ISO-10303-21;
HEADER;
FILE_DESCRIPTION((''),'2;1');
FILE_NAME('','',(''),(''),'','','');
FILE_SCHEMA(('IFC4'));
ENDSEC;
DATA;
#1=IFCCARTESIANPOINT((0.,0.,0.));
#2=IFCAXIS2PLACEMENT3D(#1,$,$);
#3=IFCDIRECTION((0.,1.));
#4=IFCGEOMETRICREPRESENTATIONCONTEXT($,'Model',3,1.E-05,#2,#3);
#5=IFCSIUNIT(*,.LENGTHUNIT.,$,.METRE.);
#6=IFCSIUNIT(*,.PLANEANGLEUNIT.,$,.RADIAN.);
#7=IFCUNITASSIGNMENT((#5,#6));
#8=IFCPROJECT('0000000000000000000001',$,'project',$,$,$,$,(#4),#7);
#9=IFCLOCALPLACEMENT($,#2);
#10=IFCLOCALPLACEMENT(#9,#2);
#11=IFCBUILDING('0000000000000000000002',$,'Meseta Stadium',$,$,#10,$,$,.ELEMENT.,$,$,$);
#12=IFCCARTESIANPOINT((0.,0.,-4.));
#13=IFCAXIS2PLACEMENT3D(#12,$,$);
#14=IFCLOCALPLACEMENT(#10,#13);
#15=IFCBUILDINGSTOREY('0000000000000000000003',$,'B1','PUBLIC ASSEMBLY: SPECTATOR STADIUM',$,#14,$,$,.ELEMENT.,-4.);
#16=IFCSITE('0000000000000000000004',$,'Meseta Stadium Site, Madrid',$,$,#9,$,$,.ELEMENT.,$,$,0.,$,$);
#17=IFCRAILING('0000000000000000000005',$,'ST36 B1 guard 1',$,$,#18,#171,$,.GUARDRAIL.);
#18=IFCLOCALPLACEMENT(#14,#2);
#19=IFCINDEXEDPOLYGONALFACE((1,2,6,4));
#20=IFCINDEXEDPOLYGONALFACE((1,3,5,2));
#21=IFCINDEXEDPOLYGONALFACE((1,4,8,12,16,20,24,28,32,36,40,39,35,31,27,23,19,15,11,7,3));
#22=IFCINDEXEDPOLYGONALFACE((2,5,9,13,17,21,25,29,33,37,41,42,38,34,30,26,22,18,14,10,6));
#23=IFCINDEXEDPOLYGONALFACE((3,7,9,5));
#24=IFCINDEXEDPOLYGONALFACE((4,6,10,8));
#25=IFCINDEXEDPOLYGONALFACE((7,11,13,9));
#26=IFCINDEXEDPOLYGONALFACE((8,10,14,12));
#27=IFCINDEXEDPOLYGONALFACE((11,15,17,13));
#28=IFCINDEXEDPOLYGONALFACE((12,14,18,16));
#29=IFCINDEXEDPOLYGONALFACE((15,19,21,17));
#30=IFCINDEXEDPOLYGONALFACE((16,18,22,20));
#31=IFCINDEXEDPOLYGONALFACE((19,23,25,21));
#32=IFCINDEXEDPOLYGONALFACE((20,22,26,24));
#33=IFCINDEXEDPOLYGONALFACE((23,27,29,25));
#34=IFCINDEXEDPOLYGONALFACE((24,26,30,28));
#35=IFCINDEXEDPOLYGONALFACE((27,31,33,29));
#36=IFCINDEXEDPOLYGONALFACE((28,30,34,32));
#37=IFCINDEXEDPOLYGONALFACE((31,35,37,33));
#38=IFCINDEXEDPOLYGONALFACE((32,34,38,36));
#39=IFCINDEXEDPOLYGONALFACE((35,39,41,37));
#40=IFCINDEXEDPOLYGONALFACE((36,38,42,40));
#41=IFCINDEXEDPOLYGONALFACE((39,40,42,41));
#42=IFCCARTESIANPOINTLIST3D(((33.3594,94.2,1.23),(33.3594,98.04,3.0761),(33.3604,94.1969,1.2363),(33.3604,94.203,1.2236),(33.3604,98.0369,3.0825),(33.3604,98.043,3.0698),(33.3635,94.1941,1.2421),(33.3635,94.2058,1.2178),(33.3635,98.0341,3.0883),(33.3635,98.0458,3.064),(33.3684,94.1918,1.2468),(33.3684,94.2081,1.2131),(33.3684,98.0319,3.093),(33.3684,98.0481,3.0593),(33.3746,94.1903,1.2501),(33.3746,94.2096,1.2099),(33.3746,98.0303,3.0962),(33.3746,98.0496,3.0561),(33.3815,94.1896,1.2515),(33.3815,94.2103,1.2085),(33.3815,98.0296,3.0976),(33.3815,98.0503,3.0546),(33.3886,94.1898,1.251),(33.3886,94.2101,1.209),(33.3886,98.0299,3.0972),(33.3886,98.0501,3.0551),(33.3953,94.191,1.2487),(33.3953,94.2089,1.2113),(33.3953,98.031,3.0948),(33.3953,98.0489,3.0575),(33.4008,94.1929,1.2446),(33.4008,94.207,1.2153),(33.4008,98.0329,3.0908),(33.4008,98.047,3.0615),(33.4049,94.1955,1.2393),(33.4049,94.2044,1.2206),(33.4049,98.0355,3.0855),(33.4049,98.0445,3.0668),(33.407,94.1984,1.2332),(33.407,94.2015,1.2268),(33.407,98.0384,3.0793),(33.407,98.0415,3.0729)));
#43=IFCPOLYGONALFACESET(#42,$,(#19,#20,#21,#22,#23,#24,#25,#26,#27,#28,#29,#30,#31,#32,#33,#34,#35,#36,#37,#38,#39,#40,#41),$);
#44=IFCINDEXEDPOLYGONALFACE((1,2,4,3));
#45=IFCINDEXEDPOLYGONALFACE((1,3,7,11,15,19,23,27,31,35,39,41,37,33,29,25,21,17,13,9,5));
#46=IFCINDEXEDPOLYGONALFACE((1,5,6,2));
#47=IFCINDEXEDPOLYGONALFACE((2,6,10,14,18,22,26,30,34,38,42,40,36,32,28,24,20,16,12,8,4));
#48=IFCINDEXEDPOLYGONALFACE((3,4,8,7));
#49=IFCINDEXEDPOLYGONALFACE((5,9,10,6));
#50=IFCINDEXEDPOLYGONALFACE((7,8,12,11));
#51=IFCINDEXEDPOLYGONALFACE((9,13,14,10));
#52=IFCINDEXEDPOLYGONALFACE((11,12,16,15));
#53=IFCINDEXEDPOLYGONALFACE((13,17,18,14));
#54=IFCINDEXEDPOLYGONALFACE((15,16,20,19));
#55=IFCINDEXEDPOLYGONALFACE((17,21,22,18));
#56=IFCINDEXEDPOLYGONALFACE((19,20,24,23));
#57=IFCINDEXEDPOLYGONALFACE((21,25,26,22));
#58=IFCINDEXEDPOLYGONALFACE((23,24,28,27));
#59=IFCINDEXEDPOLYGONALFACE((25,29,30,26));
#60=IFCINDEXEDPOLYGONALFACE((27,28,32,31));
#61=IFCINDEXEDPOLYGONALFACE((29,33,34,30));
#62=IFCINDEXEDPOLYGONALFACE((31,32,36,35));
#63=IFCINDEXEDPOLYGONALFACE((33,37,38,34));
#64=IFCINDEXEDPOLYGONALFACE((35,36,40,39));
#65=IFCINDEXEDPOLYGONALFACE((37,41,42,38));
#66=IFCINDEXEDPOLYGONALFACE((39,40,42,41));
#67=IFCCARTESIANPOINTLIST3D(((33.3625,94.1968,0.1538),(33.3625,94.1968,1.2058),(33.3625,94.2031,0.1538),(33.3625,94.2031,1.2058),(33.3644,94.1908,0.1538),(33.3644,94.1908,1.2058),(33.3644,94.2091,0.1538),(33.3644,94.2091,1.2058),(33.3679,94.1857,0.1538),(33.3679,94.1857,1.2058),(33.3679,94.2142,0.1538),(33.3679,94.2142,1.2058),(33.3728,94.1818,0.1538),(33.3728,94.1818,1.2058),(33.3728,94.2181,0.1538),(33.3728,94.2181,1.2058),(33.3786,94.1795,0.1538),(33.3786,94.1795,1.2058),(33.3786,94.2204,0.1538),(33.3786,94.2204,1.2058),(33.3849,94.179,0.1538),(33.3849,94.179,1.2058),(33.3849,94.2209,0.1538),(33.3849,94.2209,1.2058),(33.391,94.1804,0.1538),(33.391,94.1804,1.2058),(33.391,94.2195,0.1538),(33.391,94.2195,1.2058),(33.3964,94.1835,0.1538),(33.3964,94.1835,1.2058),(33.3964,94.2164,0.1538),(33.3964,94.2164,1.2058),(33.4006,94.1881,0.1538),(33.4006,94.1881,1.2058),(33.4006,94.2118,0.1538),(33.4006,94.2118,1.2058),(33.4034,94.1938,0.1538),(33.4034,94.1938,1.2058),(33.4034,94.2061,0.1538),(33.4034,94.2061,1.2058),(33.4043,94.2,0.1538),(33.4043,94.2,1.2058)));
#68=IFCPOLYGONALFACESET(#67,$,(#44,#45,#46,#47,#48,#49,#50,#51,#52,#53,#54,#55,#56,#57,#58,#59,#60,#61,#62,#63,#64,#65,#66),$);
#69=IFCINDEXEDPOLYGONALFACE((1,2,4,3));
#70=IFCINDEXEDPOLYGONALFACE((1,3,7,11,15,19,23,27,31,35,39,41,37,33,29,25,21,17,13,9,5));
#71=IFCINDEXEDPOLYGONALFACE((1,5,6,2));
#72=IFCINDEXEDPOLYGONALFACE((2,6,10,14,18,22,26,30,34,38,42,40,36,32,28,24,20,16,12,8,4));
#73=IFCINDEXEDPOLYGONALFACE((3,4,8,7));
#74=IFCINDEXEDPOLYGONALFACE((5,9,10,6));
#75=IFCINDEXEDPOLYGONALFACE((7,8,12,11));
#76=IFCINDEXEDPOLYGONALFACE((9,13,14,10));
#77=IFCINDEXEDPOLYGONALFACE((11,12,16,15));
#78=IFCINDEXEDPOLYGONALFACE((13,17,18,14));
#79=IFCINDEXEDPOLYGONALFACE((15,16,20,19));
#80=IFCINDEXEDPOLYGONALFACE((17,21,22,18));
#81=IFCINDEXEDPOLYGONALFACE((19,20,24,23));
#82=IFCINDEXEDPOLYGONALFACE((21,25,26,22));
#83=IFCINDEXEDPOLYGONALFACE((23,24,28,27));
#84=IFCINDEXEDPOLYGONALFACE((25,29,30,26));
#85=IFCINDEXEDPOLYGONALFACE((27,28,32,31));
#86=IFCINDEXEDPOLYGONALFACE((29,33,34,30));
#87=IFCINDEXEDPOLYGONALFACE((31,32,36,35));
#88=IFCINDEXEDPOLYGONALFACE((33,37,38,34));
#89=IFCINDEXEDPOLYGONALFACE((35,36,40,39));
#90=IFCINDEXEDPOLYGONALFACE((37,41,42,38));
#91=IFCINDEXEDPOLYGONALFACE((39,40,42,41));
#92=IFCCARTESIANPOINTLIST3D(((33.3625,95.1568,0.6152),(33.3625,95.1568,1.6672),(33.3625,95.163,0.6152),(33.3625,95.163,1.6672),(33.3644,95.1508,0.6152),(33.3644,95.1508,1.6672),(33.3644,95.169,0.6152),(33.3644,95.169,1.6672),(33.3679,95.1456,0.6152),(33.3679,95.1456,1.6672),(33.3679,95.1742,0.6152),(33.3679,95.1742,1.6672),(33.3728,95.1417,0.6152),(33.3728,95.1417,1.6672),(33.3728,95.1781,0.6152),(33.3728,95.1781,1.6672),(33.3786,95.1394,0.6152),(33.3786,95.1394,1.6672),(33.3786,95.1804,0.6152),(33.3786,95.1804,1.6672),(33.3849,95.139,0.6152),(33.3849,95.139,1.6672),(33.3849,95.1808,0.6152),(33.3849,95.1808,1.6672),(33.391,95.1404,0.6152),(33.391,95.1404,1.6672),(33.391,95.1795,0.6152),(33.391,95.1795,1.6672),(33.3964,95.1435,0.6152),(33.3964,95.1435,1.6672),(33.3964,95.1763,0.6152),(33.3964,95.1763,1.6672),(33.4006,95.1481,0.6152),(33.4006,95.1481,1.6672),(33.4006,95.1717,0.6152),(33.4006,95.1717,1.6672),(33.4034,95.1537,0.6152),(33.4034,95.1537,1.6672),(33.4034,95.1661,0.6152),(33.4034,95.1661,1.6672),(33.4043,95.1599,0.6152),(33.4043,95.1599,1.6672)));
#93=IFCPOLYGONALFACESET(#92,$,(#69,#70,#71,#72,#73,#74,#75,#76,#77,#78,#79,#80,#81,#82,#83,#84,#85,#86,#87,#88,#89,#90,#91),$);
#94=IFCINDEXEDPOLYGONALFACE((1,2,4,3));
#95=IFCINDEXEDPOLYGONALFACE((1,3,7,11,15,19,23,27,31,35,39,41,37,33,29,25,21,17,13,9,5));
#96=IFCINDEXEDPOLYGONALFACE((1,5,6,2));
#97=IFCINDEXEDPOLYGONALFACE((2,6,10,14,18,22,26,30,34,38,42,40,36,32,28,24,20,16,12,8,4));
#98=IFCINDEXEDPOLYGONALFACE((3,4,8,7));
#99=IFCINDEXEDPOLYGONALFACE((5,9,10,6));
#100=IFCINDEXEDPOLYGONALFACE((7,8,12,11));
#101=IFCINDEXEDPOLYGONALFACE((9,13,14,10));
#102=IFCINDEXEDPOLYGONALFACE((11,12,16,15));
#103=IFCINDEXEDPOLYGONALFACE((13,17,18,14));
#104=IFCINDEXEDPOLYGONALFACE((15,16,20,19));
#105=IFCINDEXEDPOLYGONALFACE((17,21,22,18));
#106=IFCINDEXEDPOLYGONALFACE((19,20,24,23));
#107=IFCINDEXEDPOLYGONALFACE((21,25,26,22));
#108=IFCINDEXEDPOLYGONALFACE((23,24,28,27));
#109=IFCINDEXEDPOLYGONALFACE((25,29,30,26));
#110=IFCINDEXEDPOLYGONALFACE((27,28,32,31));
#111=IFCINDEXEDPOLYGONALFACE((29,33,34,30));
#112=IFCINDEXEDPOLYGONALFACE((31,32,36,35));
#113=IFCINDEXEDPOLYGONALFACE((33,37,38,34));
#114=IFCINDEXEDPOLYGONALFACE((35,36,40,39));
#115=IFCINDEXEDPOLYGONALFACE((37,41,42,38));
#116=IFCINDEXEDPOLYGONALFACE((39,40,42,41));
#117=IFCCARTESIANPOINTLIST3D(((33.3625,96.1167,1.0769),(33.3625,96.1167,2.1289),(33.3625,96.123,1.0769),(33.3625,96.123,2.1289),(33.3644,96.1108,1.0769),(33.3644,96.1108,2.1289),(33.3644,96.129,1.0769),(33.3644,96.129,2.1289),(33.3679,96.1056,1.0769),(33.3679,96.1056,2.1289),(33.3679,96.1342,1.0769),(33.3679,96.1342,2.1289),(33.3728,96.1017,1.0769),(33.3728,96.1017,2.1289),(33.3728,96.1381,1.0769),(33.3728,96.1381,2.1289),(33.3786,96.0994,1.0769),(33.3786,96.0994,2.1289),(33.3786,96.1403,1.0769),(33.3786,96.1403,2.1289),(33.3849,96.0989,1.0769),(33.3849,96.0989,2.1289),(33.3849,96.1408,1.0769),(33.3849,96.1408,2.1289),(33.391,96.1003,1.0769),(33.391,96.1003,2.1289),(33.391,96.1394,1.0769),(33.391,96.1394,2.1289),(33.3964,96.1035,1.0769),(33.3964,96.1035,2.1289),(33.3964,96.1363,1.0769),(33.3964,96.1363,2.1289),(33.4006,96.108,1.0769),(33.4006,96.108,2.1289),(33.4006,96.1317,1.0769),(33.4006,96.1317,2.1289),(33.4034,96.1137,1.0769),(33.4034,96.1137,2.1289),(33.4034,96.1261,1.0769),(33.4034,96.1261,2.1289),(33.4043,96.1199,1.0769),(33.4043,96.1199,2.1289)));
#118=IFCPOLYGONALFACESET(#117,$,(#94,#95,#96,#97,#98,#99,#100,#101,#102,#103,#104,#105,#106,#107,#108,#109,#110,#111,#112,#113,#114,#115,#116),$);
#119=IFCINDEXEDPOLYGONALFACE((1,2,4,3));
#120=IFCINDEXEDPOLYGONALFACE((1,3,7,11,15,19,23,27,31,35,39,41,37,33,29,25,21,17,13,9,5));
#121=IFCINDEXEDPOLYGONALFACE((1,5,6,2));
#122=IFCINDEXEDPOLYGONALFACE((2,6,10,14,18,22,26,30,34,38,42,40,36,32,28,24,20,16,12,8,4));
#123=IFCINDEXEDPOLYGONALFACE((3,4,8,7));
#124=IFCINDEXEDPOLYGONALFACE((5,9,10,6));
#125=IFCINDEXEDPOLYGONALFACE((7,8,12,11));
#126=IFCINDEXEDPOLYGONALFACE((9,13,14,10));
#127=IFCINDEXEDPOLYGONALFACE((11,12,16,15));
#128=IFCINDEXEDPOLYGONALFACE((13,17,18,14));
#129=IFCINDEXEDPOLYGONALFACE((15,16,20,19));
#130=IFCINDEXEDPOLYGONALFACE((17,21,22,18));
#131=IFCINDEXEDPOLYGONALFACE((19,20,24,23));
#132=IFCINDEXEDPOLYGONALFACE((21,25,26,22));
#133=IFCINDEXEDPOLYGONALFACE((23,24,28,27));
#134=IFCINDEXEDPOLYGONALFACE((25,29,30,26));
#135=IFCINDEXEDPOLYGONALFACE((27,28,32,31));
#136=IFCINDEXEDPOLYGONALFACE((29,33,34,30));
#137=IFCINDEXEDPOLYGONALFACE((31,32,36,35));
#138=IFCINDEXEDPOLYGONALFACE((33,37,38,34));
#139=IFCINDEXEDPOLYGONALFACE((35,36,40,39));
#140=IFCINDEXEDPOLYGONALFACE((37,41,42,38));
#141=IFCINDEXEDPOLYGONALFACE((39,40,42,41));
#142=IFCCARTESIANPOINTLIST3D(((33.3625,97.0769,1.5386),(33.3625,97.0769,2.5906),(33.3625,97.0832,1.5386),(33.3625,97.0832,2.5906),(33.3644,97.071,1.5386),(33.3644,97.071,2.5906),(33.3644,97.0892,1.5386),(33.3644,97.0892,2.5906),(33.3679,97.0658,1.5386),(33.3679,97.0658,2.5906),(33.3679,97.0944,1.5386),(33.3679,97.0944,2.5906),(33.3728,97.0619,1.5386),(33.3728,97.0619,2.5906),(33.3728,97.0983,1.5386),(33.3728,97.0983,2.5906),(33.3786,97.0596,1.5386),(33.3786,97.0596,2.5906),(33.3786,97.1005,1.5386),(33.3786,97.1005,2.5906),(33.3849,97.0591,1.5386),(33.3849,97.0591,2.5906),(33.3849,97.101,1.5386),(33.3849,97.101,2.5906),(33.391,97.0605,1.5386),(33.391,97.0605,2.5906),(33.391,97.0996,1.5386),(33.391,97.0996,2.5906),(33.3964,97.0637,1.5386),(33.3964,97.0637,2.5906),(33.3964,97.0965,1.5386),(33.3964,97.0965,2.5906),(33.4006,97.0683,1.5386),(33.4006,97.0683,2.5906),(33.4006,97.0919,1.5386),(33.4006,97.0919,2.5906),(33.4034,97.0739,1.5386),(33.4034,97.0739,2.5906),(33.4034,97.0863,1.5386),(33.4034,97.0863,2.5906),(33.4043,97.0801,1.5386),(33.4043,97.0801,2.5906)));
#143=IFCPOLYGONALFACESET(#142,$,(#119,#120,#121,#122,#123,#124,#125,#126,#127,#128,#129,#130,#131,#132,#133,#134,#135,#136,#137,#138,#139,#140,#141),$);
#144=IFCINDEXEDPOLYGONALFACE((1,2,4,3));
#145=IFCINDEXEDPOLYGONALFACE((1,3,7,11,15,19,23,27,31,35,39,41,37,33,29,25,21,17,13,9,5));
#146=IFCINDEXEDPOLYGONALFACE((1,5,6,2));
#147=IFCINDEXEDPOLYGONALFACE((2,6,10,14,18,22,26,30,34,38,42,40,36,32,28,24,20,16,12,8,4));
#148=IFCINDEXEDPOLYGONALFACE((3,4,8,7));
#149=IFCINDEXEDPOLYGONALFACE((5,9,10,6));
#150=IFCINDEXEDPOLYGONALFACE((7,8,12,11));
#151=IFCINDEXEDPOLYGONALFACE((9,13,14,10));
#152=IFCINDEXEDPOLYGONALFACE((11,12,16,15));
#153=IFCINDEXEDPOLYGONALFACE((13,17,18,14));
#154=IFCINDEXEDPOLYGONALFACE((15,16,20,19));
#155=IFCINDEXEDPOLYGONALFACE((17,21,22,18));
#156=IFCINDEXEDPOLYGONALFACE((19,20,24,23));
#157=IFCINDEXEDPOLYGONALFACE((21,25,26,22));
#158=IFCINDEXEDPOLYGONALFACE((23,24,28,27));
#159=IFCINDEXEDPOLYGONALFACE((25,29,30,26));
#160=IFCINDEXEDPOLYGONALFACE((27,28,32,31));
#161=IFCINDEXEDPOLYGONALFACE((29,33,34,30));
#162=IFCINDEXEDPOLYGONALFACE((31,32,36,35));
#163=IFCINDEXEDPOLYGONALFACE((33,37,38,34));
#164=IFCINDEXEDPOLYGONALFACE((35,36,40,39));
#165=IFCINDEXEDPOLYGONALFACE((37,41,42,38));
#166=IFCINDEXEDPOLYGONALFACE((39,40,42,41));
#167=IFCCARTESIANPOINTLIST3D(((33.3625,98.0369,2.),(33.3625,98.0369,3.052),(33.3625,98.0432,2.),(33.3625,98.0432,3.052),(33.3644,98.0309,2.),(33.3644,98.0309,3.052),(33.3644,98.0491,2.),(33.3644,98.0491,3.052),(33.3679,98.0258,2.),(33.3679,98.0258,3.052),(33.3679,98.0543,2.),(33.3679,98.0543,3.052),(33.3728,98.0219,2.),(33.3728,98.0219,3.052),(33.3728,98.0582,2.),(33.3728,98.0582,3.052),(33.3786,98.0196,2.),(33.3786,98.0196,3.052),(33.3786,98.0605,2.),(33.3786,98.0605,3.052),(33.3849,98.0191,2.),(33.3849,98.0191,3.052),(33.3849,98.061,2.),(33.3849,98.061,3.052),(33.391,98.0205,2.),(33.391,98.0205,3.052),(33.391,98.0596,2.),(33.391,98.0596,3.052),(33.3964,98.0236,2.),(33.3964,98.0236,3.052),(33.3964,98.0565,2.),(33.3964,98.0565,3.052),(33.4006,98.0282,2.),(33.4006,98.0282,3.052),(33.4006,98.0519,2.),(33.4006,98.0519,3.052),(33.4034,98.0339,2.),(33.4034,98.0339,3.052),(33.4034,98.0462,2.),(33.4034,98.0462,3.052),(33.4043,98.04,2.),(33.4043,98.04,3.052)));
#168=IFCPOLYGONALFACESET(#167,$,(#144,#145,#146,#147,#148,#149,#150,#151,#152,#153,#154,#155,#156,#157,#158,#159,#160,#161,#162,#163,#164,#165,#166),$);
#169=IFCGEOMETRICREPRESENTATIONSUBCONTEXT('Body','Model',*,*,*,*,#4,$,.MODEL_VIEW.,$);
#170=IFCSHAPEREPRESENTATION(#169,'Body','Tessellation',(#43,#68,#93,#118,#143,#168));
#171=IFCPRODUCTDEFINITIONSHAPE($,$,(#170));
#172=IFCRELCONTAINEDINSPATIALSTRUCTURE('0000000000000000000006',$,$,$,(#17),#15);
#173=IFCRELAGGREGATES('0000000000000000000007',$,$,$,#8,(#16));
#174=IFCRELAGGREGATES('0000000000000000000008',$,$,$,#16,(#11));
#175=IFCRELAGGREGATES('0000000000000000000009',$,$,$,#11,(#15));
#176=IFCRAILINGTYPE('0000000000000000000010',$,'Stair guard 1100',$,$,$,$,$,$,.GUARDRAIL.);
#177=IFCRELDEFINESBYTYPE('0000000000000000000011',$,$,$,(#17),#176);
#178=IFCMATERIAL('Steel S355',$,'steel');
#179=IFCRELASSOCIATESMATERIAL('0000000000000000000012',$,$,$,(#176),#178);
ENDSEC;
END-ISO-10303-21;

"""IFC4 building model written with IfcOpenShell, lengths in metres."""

from ifc_helpers import new_model, si_unit, direction, frame, origin, origin_2d, place, context, subcontext, project, spatial, circle, extrude, material, type_object, element, save


model = new_model("IFC4")

# Units and contexts
model_context = context("Model", 3, precision=1e-05, world=origin(), true_north=direction((0.0, 1.0)))
body_context = subcontext(model_context, "Body", "Model", "MODEL_VIEW")
ifc_project = project(units=[si_unit("LENGTHUNIT", "METRE"), si_unit("PLANEANGLEUNIT", "RADIAN")], contexts=[model_context])

# Site, building, storey
site_placement = place(None, origin())
site = spatial("IfcSite", under=ifc_project, at=site_placement, Name="Meseta Stadium Site, Madrid", CompositionType="ELEMENT", RefElevation=0.0)
building_placement = place(site_placement, origin())
building = spatial("IfcBuilding", under=site, at=building_placement, Name="Meseta Stadium", CompositionType="ELEMENT")
storey_placement = place(building_placement, frame((0.0, 0.0, -4.0)))
storey = spatial("IfcBuildingStorey", under=building, at=storey_placement, Name="B1", Description="PUBLIC ASSEMBLY: SPECTATOR STADIUM", CompositionType="ELEMENT", Elevation=-4.0)

# Railing
ifc_material_1 = material(Name="Steel S355", Category="steel")
railing_type_1 = type_object("IfcRailingType", Name="Stair guard 1100", PredefinedType="GUARDRAIL", material=ifc_material_1)
railing_1_placement = place(storey_placement, frame((33.3833, 94.2, 0.1538)))
element("IfcRailing", 1, at=railing_1_placement, inside=storey, type_object=railing_type_1, Name="ST36 B1 guard 1", PredefinedType="GUARDRAIL", context=body_context, shape_type="SweptSolid", body=[
    extrude(circle(Radius=0.0239, at=origin_2d()), frame((0.0, 0.0, 1.0762), z_axis=(0.0, 0.901253, 0.433294), x_axis=(-1.0, 0.0, 0.0)), (0.0, 0.0, 1.0), 4.2607),
    extrude(circle(Radius=0.021, at=origin_2d()), origin(), (0.0, 0.0, 1.0), 1.052),
    extrude(circle(Radius=0.021, at=origin_2d()), frame((0.0, 0.96, 0.4614)), (0.0, 0.0, 1.0), 1.052),
    extrude(circle(Radius=0.021, at=origin_2d()), frame((0.0, 1.9199, 0.9231)), (0.0, 0.0, 1.0), 1.052),
    extrude(circle(Radius=0.021, at=origin_2d()), frame((0.0, 2.8801, 1.3848)), (0.0, 0.0, 1.0), 1.052),
    extrude(circle(Radius=0.021, at=origin_2d()), frame((0.0, 3.8401, 1.8462)), (0.0, 0.0, 1.0), 1.052),
])

save(model, "model.ifc")
